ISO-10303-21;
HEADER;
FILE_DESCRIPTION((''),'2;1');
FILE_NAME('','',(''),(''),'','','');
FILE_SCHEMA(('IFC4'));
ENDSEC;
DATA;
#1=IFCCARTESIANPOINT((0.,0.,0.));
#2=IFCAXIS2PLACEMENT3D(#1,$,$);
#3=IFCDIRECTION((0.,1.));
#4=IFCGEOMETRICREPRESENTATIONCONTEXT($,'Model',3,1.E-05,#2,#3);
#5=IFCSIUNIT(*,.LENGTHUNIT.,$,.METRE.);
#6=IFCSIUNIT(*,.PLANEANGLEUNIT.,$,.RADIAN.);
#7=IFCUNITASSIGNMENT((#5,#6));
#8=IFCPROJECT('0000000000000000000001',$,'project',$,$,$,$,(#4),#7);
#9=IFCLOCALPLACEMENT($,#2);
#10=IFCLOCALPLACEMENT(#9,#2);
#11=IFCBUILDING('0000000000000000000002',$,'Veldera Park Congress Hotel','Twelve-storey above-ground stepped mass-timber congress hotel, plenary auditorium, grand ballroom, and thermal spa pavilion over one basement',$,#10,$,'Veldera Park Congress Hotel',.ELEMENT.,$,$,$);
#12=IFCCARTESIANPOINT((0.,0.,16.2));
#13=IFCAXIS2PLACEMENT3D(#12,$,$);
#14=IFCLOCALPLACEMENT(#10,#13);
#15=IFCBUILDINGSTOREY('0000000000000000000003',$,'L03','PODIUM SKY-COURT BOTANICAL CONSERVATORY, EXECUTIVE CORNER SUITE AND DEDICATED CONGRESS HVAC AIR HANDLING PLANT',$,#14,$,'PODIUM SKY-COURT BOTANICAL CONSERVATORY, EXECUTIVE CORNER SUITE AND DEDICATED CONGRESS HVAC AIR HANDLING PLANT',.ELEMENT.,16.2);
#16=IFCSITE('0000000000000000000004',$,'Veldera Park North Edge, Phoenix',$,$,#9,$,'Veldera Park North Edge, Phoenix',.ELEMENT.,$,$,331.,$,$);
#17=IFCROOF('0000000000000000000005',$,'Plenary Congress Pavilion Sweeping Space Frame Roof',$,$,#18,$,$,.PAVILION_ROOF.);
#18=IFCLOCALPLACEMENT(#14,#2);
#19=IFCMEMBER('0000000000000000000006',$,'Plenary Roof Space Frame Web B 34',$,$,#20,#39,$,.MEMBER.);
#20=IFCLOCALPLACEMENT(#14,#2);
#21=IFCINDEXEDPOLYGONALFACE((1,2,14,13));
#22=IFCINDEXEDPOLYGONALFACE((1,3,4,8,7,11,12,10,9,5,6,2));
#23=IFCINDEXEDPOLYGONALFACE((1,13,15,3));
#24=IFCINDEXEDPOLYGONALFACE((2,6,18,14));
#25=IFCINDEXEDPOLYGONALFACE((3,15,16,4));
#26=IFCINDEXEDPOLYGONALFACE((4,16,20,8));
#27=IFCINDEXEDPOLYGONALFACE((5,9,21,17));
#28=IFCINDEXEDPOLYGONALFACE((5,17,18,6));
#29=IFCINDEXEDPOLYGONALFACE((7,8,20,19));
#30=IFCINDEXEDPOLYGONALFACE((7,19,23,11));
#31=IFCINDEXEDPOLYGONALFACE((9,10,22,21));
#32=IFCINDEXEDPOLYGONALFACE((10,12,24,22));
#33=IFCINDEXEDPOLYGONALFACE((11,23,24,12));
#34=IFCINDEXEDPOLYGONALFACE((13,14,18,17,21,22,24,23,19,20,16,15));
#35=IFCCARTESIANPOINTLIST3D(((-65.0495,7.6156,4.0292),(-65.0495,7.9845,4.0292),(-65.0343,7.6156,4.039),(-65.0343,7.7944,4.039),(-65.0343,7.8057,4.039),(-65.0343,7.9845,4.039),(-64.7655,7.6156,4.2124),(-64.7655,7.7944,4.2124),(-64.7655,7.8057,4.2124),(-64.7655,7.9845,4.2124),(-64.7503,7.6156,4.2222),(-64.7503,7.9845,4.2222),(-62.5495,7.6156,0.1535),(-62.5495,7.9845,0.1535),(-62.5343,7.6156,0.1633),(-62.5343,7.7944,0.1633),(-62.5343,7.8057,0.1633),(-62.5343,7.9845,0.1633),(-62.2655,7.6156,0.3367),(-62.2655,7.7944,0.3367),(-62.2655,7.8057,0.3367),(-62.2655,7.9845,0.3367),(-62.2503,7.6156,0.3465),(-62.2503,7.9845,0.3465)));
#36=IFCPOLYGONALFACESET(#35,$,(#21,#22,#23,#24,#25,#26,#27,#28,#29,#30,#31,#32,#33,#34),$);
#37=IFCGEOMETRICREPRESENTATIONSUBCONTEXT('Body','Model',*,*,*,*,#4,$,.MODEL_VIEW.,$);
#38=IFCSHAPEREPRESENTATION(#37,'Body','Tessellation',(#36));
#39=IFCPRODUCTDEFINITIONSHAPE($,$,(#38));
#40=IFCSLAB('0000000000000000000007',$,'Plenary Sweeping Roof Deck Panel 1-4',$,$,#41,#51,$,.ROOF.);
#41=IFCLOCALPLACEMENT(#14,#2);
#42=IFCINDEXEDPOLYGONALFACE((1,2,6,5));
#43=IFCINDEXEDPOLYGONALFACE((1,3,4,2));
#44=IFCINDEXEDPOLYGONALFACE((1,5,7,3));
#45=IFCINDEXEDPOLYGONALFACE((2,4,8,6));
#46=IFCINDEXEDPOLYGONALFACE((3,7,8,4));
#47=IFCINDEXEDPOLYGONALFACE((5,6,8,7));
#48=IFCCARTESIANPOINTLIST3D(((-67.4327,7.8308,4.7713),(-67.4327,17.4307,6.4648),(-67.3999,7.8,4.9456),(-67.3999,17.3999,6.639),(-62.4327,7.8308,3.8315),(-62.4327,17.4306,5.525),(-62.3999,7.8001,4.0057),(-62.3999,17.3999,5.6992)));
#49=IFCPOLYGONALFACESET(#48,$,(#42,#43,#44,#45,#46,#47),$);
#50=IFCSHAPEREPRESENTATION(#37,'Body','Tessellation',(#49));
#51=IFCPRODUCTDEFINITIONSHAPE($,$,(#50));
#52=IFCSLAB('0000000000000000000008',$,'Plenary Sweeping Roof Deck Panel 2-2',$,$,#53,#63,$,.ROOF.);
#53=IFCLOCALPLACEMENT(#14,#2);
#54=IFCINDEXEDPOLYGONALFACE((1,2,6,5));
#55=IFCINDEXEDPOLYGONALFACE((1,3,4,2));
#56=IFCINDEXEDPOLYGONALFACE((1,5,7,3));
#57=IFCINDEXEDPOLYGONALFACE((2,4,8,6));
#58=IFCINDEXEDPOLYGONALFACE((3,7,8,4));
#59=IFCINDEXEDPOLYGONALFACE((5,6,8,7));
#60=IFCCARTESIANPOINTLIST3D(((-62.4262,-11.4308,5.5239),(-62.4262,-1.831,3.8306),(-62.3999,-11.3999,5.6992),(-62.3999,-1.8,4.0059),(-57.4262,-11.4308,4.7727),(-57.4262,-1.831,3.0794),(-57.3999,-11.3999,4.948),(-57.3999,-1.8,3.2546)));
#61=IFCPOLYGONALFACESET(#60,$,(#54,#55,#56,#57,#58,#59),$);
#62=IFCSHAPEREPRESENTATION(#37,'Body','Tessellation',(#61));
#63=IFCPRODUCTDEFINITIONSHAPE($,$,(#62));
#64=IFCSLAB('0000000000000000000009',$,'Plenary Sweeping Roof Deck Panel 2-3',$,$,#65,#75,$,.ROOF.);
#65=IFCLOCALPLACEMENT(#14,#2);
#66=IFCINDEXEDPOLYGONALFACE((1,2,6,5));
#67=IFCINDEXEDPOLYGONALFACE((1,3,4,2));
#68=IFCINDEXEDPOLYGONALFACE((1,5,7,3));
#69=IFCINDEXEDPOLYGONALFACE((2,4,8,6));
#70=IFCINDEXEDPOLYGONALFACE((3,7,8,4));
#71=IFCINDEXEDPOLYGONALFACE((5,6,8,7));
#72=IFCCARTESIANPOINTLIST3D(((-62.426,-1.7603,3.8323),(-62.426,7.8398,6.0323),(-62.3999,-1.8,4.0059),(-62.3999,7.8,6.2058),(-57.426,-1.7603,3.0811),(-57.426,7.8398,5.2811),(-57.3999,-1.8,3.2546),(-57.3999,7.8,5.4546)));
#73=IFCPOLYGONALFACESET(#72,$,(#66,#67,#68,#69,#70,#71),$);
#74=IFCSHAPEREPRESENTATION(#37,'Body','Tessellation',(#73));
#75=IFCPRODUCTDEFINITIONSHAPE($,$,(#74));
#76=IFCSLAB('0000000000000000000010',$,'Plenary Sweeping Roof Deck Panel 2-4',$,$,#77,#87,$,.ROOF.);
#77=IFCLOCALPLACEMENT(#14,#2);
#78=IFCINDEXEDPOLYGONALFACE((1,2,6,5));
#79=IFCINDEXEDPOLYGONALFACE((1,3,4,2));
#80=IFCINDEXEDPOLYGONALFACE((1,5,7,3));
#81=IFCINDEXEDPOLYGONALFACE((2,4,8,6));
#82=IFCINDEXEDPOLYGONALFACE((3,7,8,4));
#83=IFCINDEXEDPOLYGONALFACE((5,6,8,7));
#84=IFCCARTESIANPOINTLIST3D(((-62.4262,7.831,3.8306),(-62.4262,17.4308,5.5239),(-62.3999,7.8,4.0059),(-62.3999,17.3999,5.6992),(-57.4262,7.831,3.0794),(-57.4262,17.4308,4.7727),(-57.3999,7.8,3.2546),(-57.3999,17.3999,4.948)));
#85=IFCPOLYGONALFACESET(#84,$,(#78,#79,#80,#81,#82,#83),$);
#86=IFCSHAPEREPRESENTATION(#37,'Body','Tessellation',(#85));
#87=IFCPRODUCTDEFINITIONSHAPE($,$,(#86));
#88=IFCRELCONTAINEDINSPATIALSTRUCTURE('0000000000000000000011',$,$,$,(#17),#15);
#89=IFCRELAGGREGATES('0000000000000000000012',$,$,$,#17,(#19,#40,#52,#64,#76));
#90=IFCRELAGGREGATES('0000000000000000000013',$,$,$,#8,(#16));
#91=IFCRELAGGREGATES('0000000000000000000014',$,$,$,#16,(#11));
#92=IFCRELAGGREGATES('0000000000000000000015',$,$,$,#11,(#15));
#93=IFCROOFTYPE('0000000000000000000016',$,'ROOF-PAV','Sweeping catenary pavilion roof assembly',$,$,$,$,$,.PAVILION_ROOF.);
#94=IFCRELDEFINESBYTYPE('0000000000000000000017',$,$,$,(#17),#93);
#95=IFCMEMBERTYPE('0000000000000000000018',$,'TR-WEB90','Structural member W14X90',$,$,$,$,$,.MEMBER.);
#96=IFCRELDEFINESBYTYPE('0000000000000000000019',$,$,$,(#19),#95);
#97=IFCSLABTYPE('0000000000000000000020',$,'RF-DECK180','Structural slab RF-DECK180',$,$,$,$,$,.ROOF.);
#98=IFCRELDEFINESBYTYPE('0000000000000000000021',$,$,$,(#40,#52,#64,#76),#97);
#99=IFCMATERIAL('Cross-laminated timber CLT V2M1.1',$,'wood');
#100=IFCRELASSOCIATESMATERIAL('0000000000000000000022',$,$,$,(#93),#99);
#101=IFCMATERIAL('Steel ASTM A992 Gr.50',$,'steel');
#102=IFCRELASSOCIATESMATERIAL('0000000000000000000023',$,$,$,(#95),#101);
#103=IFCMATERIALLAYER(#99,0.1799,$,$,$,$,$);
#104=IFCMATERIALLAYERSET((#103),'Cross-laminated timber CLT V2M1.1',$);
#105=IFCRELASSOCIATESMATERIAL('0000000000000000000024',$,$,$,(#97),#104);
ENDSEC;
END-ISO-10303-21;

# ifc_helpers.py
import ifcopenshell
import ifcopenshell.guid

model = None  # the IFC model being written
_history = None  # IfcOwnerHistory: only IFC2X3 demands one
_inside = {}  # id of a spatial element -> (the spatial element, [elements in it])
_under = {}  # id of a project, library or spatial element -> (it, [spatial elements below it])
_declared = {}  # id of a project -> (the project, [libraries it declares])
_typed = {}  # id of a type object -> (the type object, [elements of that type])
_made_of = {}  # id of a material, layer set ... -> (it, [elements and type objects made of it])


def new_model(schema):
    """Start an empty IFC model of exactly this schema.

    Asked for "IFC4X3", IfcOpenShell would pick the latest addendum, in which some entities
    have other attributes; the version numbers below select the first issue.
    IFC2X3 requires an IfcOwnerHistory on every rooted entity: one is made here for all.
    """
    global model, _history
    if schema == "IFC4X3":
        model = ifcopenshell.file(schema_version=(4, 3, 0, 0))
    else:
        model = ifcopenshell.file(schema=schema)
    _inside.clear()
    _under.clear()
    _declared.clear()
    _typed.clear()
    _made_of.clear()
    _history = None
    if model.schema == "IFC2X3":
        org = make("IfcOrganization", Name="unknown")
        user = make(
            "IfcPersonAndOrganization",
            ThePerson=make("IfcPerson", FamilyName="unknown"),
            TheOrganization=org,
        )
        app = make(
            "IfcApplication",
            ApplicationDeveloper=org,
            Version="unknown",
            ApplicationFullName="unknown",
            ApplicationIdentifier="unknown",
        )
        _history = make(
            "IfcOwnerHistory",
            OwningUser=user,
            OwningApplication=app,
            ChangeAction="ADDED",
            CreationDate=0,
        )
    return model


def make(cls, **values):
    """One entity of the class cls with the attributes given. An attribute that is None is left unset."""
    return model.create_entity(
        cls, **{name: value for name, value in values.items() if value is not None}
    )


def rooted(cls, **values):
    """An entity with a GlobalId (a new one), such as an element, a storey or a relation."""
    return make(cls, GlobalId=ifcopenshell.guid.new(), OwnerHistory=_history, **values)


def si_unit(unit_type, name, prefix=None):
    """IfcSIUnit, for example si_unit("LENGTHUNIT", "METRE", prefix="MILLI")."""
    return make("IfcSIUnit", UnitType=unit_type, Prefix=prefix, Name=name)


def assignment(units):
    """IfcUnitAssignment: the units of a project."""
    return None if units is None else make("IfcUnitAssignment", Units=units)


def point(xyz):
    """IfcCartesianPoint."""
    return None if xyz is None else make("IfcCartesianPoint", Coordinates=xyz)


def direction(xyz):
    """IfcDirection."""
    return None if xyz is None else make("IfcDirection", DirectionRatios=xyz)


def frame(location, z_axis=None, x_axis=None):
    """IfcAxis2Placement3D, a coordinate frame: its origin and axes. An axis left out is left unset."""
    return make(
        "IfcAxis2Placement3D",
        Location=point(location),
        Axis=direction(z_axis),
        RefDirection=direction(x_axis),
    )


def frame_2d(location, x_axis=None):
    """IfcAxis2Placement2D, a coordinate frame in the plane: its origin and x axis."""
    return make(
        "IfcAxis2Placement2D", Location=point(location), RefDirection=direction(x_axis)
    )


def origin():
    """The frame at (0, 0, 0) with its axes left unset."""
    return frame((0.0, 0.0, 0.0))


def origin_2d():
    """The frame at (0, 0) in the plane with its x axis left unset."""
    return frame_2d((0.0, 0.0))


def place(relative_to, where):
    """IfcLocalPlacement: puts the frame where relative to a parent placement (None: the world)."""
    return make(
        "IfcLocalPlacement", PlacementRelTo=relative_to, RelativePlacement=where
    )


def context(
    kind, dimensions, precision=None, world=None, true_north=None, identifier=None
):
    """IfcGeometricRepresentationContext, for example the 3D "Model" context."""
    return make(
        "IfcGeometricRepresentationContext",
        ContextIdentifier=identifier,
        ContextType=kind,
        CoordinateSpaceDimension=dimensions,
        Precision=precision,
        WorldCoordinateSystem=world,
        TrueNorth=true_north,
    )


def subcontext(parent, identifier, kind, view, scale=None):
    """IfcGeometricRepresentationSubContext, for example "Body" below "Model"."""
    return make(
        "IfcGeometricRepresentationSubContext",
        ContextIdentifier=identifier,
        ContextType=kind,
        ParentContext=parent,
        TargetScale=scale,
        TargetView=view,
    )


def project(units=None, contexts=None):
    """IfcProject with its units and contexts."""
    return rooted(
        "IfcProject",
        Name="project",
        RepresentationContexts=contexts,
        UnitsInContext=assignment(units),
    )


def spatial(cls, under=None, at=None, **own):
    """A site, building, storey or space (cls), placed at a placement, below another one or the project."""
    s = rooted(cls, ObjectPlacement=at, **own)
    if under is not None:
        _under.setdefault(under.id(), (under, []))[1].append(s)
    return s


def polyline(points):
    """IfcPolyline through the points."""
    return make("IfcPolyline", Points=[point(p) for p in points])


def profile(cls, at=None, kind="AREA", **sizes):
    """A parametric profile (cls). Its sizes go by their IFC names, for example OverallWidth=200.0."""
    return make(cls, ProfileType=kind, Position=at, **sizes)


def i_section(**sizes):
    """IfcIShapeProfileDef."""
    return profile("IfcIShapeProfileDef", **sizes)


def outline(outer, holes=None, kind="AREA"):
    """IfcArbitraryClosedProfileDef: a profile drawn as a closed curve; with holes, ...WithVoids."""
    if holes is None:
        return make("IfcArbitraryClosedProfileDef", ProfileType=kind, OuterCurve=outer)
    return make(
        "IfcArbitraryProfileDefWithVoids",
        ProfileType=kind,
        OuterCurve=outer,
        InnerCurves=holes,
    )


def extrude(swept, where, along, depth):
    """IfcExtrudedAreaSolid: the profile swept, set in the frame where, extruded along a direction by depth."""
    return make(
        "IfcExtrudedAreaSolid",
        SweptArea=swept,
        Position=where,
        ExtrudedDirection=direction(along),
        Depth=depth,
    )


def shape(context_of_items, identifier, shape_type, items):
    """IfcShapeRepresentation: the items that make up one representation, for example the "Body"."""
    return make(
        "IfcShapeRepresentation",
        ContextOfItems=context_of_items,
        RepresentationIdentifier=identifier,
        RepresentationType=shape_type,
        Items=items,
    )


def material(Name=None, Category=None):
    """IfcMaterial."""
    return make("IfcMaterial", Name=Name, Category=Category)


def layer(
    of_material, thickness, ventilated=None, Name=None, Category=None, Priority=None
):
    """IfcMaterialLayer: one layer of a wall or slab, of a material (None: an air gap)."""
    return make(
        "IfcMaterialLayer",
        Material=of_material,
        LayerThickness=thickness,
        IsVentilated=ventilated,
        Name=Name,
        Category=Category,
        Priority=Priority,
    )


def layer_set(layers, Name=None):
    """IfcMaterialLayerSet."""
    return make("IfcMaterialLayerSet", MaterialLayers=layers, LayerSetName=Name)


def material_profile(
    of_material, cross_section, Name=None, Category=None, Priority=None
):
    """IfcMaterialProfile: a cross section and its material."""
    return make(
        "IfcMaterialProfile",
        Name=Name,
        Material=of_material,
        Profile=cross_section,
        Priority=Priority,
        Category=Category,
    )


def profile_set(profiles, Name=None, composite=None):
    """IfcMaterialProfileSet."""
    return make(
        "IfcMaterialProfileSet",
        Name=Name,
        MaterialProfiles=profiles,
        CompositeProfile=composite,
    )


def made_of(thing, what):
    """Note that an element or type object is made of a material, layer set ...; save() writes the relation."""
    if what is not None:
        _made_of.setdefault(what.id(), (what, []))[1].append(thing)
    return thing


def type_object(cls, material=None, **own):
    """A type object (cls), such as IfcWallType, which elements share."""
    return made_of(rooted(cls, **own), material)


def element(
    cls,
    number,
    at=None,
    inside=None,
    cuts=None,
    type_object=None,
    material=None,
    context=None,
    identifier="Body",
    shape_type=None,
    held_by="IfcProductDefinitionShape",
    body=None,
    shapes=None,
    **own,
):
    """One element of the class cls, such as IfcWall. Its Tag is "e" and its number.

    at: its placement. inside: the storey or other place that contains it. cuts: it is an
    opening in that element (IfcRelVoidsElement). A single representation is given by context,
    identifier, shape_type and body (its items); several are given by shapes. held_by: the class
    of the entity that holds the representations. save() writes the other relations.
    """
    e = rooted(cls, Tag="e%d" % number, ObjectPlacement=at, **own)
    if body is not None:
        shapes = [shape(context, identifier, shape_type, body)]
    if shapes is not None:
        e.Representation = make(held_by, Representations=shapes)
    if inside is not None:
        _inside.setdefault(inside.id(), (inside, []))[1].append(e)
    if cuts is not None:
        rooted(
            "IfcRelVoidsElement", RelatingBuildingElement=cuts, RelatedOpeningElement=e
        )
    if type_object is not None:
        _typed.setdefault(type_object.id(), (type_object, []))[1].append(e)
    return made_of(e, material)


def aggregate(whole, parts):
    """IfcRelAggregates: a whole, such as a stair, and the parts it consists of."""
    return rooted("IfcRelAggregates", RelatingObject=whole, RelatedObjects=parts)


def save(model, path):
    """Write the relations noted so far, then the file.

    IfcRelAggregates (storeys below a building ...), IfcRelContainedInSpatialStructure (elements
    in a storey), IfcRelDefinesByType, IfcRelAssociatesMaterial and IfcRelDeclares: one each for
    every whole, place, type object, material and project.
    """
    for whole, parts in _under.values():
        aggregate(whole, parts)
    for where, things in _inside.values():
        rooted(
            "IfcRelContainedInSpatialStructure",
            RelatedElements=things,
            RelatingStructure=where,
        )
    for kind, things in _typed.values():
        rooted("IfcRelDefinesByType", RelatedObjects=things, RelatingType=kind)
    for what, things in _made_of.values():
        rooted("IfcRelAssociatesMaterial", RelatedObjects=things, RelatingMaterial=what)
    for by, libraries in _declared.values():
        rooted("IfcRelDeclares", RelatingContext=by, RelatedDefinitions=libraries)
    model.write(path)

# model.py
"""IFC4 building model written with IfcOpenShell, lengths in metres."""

from ifc_helpers import new_model, si_unit, direction, frame, origin, origin_2d, place, context, subcontext, project, spatial, polyline, i_section, outline, extrude, material, layer, layer_set, material_profile, profile_set, type_object, element, aggregate, save


model = new_model("IFC4")

# Units and contexts
model_context = context("Model", 3, precision=1e-05, world=origin(), true_north=direction((0.0, 1.0)))
body_context = subcontext(model_context, "Body", "Model", "MODEL_VIEW")
ifc_project = project(units=[si_unit("LENGTHUNIT", "METRE"), si_unit("PLANEANGLEUNIT", "RADIAN")], contexts=[model_context])

# Site, building, storey
site_placement = place(None, origin())
site = spatial("IfcSite", under=ifc_project, at=site_placement, Name="Veldera Park North Edge, Phoenix", LongName="Veldera Park North Edge, Phoenix", CompositionType="ELEMENT", RefElevation=331.0)
building_placement = place(site_placement, origin())
building = spatial("IfcBuilding", under=site, at=building_placement, Name="Veldera Park Congress Hotel", Description="Twelve-storey above-ground stepped mass-timber congress hotel, plenary auditorium, grand ballroom, and thermal spa pavilion over one basement", LongName="Veldera Park Congress Hotel", CompositionType="ELEMENT")
storey_placement = place(building_placement, frame((0.0, 0.0, 16.2)))
storey = spatial("IfcBuildingStorey", under=building, at=storey_placement, Name="L03", Description="PODIUM SKY-COURT BOTANICAL CONSERVATORY, EXECUTIVE CORNER SUITE AND DEDICATED CONGRESS HVAC AIR HANDLING PLANT", LongName="PODIUM SKY-COURT BOTANICAL CONSERVATORY, EXECUTIVE CORNER SUITE AND DEDICATED CONGRESS HVAC AIR HANDLING PLANT", CompositionType="ELEMENT", Elevation=16.2)

# Roof, member, slabs
ifc_material_1 = material(Name="Cross-laminated timber CLT V2M1.1", Category="wood")
roof_type = type_object("IfcRoofType", Name="ROOF-PAV", Description="Sweeping catenary pavilion roof assembly", PredefinedType="PAVILION_ROOF", material=ifc_material_1)
roof_placement = place(storey_placement, origin())
roof = element("IfcRoof", 1, at=roof_placement, inside=storey, type_object=roof_type, Name="Plenary Congress Pavilion Sweeping Space Frame Roof", PredefinedType="PAVILION_ROOF")
ifc_material_2 = material(Name="Steel ASTM A992 Gr.50", Category="steel")
ifc_material_profile_1 = material_profile(ifc_material_2, i_section(OverallWidth=0.3689, OverallDepth=0.356, WebThickness=0.0112, FlangeThickness=0.0181, at=origin_2d()), Name="W14X90")
ifc_profile_set_1 = profile_set([ifc_material_profile_1], Name="Steel ASTM A992 Gr.50")
member_type_1 = type_object("IfcMemberType", Name="TR-WEB90", Description="Structural member W14X90", PredefinedType="MEMBER", material=ifc_profile_set_1)
member_1_placement = place(storey_placement, frame((-62.3999, 7.8, 0.25), z_axis=(-0.542055, 0.0, 0.840343), x_axis=(0.0, -1.0, 0.0)))
member_1 = element("IfcMember", 2, at=member_1_placement, type_object=member_type_1, Name="Plenary Roof Space Frame Web B 34", PredefinedType="MEMBER", context=body_context, shape_type="SweptSolid", body=[
    extrude(i_section(OverallWidth=0.3689, OverallDepth=0.356, WebThickness=0.0112, FlangeThickness=0.0181, at=origin_2d()), origin(), (0.0, 0.0, 1.0), 4.6121),
])
ifc_layer = layer(ifc_material_1, 0.1799)
ifc_layer_set = layer_set([ifc_layer], Name="Cross-laminated timber CLT V2M1.1")
slab_type = type_object("IfcSlabType", Name="RF-DECK180", Description="Structural slab RF-DECK180", PredefinedType="ROOF", material=ifc_layer_set)
slab_1_placement = place(storey_placement, frame((-67.3999, 7.8, 4.9456), z_axis=(0.182014, -0.170823, 0.968344), x_axis=(0.98279, 0.000004, -0.184728)))
slab_1 = element("IfcSlab", 3, at=slab_1_placement, type_object=slab_type, Name="Plenary Sweeping Roof Deck Panel 1-4", PredefinedType="ROOF", context=body_context, shape_type="SweptSolid", body=[
    extrude(outline(polyline([(0.0, 0.0), (5.0875, 0.0), (4.7748, 9.743), (-0.3128, 9.7431), (0.0, 0.0)])), origin(), (0.0, 0.0, -1.0), 0.1799),
])
slab_2_placement = place(storey_placement, frame((-62.3999, -11.3999, 5.6992), z_axis=(0.146366, 0.171842, 0.974191), x_axis=(0.988901, 0.0, -0.148577)))
slab_2 = element("IfcSlab", 4, at=slab_2_placement, type_object=slab_type, Name="Plenary Sweeping Roof Deck Panel 2-2", PredefinedType="ROOF", context=body_context, shape_type="SweptSolid", body=[
    extrude(outline(polyline([(0.0, 0.0), (5.0561, 0.0), (5.3077, 9.7448), (0.2516, 9.7448), (0.0, 0.0)])), origin(), (0.0, 0.0, -1.0), 0.1799),
])
slab_3_placement = place(storey_placement, frame((-62.3999, -1.8, 4.0059), z_axis=(0.144902, -0.221012, 0.964447), x_axis=(0.988901, 0.0, -0.148577)))
slab_3 = element("IfcSlab", 5, at=slab_3_placement, type_object=slab_type, Name="Plenary Sweeping Roof Deck Panel 2-3", PredefinedType="ROOF", context=body_context, shape_type="SweptSolid", body=[
    extrude(outline(polyline([(0.0, 0.0), (5.0561, 0.0), (4.7293, 9.8435), (-0.3269, 9.8435), (0.0, 0.0)])), origin(), (0.0, 0.0, -1.0), 0.1799),
])
slab_4_placement = place(storey_placement, frame((-62.3999, 7.8, 4.0059), z_axis=(0.146366, -0.171842, 0.974191), x_axis=(0.988901, 0.0, -0.148577)))
slab_4 = element("IfcSlab", 6, at=slab_4_placement, type_object=slab_type, Name="Plenary Sweeping Roof Deck Panel 2-4", PredefinedType="ROOF", context=body_context, shape_type="SweptSolid", body=[
    extrude(outline(polyline([(0.0, 0.0), (5.0561, 0.0), (4.8045, 9.7448), (-0.2516, 9.7448), (0.0, 0.0)])), origin(), (0.0, 0.0, -1.0), 0.1799),
])
aggregate(roof, [member_1, slab_1, slab_2, slab_3, slab_4])

save(model, "model.ifc")
